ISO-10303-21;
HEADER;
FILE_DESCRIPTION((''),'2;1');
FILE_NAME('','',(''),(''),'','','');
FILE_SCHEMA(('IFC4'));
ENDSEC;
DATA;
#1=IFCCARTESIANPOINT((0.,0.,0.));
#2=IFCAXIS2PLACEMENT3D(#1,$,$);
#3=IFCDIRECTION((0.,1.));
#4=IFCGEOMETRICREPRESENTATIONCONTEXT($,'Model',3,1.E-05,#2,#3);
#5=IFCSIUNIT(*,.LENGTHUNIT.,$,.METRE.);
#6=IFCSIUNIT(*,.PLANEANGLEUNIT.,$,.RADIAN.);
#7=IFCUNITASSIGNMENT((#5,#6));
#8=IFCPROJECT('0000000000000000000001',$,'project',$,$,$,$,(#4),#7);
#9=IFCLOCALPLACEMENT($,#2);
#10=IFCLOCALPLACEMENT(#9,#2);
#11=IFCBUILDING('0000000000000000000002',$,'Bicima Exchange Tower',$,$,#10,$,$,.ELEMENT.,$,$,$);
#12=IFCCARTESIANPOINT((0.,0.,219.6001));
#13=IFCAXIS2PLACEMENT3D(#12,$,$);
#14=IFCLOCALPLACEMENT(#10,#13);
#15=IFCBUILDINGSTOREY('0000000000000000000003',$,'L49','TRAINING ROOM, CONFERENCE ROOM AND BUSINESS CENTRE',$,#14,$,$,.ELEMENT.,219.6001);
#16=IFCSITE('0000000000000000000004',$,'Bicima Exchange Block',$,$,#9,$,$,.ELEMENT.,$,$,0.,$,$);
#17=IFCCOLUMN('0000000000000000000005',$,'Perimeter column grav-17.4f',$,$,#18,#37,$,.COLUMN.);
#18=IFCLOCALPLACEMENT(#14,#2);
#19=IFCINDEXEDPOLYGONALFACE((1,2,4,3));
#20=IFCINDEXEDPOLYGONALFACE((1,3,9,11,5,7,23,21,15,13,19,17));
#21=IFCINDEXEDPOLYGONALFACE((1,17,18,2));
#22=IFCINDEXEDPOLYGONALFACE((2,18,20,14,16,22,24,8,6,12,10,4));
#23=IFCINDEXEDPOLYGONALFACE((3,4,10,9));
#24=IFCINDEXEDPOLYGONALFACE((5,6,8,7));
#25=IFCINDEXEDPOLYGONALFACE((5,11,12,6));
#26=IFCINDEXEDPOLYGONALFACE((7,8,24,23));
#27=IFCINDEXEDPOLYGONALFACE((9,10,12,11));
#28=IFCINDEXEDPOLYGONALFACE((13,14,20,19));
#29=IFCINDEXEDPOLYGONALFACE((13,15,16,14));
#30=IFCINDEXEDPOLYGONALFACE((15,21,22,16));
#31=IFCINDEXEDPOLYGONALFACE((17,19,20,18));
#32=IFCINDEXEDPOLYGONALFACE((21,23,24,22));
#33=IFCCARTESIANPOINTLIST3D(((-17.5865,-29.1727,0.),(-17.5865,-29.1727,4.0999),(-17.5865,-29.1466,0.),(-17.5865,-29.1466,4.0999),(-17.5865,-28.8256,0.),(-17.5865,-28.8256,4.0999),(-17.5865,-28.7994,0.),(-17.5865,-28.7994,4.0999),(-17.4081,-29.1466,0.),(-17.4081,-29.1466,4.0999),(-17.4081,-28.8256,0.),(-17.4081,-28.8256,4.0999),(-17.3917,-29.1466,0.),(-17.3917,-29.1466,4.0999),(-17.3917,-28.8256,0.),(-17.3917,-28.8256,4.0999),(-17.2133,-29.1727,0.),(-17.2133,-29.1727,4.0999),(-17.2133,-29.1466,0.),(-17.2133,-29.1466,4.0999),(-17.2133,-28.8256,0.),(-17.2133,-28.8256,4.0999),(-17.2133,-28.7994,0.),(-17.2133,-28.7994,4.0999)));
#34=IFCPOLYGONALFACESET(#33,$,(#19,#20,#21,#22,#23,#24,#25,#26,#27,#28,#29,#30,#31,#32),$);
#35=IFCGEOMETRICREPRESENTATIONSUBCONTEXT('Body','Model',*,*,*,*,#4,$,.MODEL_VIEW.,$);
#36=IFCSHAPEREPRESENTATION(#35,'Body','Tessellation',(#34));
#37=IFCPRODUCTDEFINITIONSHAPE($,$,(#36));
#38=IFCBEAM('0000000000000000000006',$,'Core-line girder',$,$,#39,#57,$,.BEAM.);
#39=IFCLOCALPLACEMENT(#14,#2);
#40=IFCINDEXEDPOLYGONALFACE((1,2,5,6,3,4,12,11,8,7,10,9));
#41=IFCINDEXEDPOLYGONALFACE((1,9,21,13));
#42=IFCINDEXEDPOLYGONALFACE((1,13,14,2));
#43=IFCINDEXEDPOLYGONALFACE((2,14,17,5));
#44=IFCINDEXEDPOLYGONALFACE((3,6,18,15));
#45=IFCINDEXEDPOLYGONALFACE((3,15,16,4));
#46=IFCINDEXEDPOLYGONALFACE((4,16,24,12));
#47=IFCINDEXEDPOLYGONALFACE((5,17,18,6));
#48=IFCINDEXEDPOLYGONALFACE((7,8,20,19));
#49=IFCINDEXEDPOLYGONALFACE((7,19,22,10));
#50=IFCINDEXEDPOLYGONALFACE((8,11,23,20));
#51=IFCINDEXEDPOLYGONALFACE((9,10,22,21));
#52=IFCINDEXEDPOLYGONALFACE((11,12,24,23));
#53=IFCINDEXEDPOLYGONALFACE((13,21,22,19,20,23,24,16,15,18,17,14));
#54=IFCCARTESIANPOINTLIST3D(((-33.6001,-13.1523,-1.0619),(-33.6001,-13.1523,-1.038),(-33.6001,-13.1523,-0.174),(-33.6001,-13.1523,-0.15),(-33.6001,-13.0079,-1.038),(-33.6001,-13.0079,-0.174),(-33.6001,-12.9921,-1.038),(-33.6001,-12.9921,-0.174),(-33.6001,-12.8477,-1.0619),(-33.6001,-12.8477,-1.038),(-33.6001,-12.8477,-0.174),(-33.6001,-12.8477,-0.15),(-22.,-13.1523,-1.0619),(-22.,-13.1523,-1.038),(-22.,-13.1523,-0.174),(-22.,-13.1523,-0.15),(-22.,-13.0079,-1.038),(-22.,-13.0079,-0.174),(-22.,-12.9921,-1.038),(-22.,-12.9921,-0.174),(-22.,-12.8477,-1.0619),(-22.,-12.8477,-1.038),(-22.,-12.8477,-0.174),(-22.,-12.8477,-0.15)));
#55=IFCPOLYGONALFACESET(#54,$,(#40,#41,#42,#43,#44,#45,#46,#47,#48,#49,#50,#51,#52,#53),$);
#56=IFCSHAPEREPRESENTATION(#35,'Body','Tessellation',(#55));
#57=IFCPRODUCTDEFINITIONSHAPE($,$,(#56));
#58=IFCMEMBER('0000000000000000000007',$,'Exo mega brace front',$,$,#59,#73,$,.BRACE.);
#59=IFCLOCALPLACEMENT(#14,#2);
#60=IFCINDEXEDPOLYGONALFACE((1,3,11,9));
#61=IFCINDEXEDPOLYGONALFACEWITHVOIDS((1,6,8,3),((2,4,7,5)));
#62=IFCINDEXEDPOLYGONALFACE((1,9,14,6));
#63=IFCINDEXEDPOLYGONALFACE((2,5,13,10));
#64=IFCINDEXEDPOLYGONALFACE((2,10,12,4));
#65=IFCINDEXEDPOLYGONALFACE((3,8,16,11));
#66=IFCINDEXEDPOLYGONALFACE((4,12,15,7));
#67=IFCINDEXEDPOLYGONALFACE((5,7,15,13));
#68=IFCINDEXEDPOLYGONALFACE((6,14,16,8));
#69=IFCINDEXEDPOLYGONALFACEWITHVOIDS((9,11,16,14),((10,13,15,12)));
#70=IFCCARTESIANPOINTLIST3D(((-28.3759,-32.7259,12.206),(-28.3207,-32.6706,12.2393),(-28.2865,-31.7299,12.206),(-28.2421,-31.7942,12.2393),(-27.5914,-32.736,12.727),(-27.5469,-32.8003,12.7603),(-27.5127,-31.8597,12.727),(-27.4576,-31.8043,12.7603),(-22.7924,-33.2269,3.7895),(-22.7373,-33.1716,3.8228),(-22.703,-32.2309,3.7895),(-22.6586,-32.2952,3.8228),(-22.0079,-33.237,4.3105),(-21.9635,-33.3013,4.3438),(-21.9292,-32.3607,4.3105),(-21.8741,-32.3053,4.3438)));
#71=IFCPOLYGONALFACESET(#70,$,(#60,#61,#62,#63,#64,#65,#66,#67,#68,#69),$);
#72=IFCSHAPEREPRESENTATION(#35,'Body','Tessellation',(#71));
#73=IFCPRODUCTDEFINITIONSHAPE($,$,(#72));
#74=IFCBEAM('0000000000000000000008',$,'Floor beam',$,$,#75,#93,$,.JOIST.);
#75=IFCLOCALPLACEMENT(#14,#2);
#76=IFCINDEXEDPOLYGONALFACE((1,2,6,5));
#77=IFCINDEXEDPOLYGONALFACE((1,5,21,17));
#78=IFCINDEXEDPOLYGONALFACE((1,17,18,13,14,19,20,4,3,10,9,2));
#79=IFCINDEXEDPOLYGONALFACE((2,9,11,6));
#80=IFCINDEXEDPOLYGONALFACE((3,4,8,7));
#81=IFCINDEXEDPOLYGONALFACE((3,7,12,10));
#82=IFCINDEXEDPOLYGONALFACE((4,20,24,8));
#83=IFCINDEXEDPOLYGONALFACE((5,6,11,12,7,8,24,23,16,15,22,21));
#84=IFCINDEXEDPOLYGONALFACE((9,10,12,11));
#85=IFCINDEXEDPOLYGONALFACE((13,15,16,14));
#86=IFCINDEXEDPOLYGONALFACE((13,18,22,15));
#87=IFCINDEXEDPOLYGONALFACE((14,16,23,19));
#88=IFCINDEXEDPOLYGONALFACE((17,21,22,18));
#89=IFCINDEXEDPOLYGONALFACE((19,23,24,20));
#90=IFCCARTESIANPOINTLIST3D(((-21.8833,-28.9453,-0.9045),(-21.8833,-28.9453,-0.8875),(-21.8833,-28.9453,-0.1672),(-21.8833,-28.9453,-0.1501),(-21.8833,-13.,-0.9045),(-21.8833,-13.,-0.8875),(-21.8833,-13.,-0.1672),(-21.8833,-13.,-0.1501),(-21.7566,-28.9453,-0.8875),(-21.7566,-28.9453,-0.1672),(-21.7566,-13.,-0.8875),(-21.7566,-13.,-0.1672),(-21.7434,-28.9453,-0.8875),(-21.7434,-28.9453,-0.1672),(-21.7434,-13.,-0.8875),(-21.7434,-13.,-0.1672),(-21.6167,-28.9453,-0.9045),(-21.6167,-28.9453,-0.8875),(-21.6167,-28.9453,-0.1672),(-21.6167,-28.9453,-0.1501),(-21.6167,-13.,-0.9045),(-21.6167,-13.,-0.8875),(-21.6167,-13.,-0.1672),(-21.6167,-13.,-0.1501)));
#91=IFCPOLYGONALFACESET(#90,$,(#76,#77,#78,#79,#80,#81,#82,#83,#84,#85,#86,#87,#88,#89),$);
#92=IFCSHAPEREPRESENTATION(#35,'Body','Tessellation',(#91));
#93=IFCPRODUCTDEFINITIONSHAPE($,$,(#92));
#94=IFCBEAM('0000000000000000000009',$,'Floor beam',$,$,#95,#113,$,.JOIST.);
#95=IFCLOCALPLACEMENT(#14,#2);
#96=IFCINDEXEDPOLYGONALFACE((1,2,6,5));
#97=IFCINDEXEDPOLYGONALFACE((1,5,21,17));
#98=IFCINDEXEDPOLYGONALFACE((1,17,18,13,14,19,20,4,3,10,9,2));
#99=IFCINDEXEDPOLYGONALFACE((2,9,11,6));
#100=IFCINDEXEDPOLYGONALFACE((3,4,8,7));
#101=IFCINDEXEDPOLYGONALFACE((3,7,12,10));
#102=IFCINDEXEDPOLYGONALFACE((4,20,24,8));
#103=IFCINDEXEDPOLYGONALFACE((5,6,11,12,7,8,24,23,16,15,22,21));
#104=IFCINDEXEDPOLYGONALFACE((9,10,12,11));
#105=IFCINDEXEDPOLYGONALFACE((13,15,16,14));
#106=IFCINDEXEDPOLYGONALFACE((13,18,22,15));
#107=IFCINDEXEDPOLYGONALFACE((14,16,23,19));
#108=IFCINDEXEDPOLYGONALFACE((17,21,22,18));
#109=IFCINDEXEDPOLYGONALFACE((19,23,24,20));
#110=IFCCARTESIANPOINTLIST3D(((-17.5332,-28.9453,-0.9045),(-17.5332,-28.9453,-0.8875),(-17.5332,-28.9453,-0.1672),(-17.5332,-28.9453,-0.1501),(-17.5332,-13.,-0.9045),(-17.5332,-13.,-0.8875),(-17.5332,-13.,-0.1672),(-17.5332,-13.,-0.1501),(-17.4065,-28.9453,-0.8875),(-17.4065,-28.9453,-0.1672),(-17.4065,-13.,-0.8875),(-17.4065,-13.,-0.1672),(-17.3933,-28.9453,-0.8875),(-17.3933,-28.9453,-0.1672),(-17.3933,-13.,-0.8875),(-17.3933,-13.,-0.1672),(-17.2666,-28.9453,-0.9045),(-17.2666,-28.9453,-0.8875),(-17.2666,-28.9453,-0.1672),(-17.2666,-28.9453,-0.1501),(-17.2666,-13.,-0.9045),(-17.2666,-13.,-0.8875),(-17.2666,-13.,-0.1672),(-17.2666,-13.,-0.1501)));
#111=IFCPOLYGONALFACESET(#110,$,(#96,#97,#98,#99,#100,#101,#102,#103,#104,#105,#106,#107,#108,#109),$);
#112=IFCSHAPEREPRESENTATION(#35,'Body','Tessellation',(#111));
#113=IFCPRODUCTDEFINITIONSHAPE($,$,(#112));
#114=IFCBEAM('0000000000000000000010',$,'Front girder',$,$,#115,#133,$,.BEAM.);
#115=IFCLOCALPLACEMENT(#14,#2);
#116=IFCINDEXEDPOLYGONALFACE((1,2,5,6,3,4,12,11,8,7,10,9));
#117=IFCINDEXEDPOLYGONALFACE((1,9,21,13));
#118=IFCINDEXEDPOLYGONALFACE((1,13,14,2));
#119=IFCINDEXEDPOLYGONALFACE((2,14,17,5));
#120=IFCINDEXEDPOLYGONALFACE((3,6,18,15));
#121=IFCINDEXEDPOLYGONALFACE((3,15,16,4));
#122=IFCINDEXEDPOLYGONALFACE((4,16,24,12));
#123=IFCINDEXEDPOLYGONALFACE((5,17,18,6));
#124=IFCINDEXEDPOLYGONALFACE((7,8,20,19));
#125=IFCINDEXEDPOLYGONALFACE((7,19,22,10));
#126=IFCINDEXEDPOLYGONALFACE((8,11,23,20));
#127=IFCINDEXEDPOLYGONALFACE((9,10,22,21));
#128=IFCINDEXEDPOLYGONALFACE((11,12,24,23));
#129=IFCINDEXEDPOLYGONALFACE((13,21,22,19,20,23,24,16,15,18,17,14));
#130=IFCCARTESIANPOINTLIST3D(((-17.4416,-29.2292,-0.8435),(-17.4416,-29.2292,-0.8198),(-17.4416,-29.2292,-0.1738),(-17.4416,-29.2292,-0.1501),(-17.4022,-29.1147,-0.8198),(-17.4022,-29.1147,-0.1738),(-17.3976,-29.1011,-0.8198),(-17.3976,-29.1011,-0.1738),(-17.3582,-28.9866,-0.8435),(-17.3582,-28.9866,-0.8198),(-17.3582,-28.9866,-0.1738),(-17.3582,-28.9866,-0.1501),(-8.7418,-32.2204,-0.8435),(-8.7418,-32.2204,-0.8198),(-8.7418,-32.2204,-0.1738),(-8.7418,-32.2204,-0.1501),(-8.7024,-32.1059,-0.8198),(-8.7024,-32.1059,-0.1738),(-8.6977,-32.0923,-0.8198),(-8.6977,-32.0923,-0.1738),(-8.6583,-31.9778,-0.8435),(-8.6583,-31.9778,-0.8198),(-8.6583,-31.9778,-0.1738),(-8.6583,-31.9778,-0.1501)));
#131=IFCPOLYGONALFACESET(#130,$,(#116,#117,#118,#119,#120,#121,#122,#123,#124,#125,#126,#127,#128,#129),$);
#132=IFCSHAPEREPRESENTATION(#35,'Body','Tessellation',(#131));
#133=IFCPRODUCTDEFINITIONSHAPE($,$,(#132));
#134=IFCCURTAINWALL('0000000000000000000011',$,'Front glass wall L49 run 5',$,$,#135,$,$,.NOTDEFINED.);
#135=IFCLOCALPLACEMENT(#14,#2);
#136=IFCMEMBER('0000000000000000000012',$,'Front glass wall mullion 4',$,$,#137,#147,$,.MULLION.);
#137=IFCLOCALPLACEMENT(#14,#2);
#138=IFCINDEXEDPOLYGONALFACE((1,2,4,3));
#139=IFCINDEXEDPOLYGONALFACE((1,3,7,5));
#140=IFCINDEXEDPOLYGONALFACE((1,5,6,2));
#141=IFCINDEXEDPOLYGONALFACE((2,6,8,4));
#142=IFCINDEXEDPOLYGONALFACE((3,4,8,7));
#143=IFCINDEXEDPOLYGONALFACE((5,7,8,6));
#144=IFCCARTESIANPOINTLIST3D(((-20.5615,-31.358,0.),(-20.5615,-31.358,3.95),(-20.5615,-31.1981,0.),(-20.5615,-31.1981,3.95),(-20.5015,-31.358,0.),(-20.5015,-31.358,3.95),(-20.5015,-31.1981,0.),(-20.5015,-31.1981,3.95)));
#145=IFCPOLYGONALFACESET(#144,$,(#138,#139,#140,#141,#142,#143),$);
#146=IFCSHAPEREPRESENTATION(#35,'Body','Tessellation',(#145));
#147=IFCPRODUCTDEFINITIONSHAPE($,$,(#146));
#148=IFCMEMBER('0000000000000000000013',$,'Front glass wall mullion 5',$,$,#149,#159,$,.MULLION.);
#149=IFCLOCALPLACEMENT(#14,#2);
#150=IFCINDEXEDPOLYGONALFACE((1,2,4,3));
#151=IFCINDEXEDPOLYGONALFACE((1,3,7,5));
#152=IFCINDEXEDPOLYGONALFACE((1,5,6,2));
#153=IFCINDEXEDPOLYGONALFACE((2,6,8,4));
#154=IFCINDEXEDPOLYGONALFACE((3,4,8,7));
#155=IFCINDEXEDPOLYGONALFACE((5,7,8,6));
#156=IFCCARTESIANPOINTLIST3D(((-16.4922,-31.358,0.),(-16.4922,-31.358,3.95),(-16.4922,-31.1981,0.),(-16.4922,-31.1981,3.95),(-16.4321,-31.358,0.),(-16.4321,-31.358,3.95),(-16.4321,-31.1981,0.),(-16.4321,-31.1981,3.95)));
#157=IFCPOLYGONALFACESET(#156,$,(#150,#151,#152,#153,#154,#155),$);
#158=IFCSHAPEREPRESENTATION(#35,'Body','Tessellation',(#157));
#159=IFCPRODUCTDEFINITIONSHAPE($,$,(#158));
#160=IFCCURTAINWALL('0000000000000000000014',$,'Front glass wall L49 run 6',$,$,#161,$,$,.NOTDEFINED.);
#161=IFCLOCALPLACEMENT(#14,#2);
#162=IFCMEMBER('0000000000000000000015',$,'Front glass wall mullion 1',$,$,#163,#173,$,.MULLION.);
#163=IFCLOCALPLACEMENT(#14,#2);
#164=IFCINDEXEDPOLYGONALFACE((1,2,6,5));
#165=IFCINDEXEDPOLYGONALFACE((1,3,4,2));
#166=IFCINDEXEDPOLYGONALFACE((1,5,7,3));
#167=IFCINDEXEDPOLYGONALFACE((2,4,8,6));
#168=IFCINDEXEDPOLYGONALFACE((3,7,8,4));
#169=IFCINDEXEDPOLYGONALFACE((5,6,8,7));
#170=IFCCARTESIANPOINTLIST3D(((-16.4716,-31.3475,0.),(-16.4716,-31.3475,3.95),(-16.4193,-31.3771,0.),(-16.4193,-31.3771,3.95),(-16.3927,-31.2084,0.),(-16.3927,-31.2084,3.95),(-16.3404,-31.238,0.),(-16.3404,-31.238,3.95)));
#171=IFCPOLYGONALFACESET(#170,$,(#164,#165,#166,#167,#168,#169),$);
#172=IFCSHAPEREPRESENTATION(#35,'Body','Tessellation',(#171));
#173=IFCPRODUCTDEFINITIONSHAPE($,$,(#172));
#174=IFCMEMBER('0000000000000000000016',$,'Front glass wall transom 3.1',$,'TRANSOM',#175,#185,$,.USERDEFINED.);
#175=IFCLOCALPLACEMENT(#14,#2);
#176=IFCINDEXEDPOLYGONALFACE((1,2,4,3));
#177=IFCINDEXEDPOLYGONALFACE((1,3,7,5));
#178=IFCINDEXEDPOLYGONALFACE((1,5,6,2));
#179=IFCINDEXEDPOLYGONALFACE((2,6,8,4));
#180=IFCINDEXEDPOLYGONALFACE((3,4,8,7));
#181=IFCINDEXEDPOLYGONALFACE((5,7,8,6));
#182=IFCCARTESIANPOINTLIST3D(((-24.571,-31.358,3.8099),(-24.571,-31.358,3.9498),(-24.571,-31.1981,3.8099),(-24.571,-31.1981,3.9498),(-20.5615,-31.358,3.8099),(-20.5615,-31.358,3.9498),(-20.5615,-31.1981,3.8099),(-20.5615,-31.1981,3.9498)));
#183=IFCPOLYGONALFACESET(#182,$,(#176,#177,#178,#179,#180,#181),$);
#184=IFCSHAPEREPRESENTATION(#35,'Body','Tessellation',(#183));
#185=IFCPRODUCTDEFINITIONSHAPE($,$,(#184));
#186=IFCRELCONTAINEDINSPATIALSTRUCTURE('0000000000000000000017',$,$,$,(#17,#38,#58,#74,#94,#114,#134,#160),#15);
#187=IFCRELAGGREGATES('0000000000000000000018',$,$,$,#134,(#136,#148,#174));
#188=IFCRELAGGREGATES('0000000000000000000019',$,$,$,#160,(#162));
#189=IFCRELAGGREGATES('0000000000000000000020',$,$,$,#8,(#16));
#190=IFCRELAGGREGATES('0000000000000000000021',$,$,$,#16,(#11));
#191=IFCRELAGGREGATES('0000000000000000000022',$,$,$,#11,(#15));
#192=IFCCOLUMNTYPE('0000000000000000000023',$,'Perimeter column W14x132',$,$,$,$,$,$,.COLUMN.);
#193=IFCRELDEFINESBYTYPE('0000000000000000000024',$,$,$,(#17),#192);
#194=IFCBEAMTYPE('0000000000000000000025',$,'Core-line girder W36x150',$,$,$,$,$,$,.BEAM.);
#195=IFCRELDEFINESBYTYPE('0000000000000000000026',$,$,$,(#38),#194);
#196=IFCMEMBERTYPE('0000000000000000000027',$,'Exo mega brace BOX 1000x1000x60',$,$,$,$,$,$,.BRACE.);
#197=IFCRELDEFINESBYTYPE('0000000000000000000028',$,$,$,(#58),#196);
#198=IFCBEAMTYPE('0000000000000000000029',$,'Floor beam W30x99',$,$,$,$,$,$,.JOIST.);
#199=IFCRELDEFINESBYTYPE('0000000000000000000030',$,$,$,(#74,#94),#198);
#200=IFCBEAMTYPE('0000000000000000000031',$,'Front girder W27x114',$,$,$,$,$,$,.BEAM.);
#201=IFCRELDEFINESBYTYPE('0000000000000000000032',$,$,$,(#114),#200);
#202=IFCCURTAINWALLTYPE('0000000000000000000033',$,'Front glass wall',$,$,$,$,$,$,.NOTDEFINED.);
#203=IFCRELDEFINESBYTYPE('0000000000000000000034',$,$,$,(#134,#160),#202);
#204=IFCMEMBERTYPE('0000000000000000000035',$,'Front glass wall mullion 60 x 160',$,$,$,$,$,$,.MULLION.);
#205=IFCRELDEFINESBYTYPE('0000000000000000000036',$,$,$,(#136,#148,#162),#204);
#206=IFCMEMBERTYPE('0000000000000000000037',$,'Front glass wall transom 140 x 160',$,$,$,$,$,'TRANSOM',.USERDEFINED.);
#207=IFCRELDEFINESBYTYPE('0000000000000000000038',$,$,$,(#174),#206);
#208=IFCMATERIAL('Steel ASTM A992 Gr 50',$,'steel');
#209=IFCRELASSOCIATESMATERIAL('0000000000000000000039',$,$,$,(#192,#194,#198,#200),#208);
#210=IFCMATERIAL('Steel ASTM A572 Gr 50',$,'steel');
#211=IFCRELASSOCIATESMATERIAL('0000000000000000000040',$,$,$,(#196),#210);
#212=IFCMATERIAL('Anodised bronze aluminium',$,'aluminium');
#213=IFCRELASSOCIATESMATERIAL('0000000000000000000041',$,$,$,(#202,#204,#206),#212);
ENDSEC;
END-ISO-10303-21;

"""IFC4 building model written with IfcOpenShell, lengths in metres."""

from ifc_helpers import new_model, si_unit, direction, frame, origin, origin_2d, place, context, subcontext, project, spatial, rectangle, hollow_rectangle, i_section, extrude, material, material_profile, profile_set, type_object, element, aggregate, save


model = new_model("IFC4")

# Units and contexts
model_context = context("Model", 3, precision=1e-05, world=origin(), true_north=direction((0.0, 1.0)))
body_context = subcontext(model_context, "Body", "Model", "MODEL_VIEW")
ifc_project = project(units=[si_unit("LENGTHUNIT", "METRE"), si_unit("PLANEANGLEUNIT", "RADIAN")], contexts=[model_context])

# Site, building, storey
site_placement = place(None, origin())
site = spatial("IfcSite", under=ifc_project, at=site_placement, Name="Bicima Exchange Block", CompositionType="ELEMENT", RefElevation=0.0)
building_placement = place(site_placement, origin())
building = spatial("IfcBuilding", under=site, at=building_placement, Name="Bicima Exchange Tower", CompositionType="ELEMENT")
storey_placement = place(building_placement, frame((0.0, 0.0, 219.6001)))
storey = spatial("IfcBuildingStorey", under=building, at=storey_placement, Name="L49", Description="TRAINING ROOM, CONFERENCE ROOM AND BUSINESS CENTRE", CompositionType="ELEMENT", Elevation=219.6001)

# Column
ifc_material_1 = material(Name="Steel ASTM A992 Gr 50", Category="steel")
ifc_material_profile_1 = material_profile(ifc_material_1, i_section(OverallWidth=0.3733, OverallDepth=0.3733, WebThickness=0.0164, FlangeThickness=0.0261, at=origin_2d()))
ifc_profile_set_1 = profile_set([ifc_material_profile_1], Name="Steel ASTM A992 Gr 50")
column_type = type_object("IfcColumnType", Name="Perimeter column W14x132", PredefinedType="COLUMN", material=ifc_profile_set_1)
column_placement = place(storey_placement, frame((-17.3999, -28.9861, 0.0), z_axis=(0.0, 0.0, 1.0), x_axis=(1.0, 0.0, 0.0)))
element("IfcColumn", 1, at=column_placement, inside=storey, type_object=column_type, Name="Perimeter column grav-17.4f", PredefinedType="COLUMN", context=body_context, shape_type="SweptSolid", body=[
    extrude(i_section(OverallWidth=0.3733, OverallDepth=0.3733, WebThickness=0.0164, FlangeThickness=0.0261, at=origin_2d()), origin(), (0.0, 0.0, 1.0), 4.0999),
])

# Beam
ifc_material_profile_2 = material_profile(ifc_material_1, i_section(OverallWidth=0.3047, OverallDepth=0.9119, WebThickness=0.0159, FlangeThickness=0.0239, at=origin_2d()))
ifc_profile_set_2 = profile_set([ifc_material_profile_2], Name="Steel ASTM A992 Gr 50")
beam_type_1 = type_object("IfcBeamType", Name="Core-line girder W36x150", PredefinedType="BEAM", material=ifc_profile_set_2)
beam_1_placement = place(storey_placement, frame((-22.0, -13.0, -0.606), z_axis=(-1.0, 0.0, 0.0), x_axis=(0.0, -1.0, 0.0)))
element("IfcBeam", 2, at=beam_1_placement, inside=storey, type_object=beam_type_1, Name="Core-line girder", PredefinedType="BEAM", context=body_context, shape_type="SweptSolid", body=[
    extrude(i_section(OverallWidth=0.3047, OverallDepth=0.9119, WebThickness=0.0159, FlangeThickness=0.0239, at=origin_2d()), origin(), (0.0, 0.0, 1.0), 11.6001),
])

# Member
ifc_material_2 = material(Name="Steel ASTM A572 Gr 50", Category="steel")
ifc_material_profile_3 = material_profile(ifc_material_2, hollow_rectangle(XDim=1.0, YDim=1.0, WallThickness=0.0601, at=origin_2d()))
ifc_profile_set_3 = profile_set([ifc_material_profile_3], Name="Steel ASTM A572 Gr 50")
member_type_1 = type_object("IfcMemberType", Name="Exo mega brace BOX 1000x1000x60", PredefinedType="BRACE", material=ifc_profile_set_3)
member_1_placement = place(storey_placement, frame((-22.3333, -32.7661, 4.0667), z_axis=(-0.552135, 0.04954, 0.832282), x_axis=(-0.089366, -0.995999, 0.0)))
element("IfcMember", 3, at=member_1_placement, inside=storey, type_object=member_type_1, Name="Exo mega brace front", PredefinedType="BRACE", context=body_context, shape_type="SweptSolid", body=[
    extrude(hollow_rectangle(XDim=1.0, YDim=1.0, WallThickness=0.0601, at=origin_2d()), origin(), (0.0, 0.0, 1.0), 10.1125),
])

# Beams
ifc_material_profile_4 = material_profile(ifc_material_1, i_section(OverallWidth=0.2666, OverallDepth=0.7544, WebThickness=0.0132, FlangeThickness=0.0171, at=origin_2d()))
ifc_profile_set_4 = profile_set([ifc_material_profile_4], Name="Steel ASTM A992 Gr 50")
beam_type_2 = type_object("IfcBeamType", Name="Floor beam W30x99", PredefinedType="JOIST", material=ifc_profile_set_4)
for number, where, z_axis, x_axis, name in (
    (4, (-21.75, -13.0, -0.5273), (0.0, -1.0, 0.0), (1.0, 0.0, 0.0), "Floor beam"),
    (5, (-17.3999, -13.0, -0.5273), (0.0, -1.0, 0.0), (1.0, 0.0, 0.0), "Floor beam"),
):
    element("IfcBeam", number, at=place(storey_placement, frame(where, z_axis=z_axis, x_axis=x_axis)), inside=storey, type_object=beam_type_2, Name=name, PredefinedType="JOIST", context=body_context, shape_type="SweptSolid", body=[
        extrude(i_section(OverallWidth=0.2666, OverallDepth=0.7544, WebThickness=0.0132, FlangeThickness=0.0171, at=origin_2d()), origin(), (0.0, 0.0, 1.0), 15.9453),
    ])
ifc_material_profile_5 = material_profile(ifc_material_1, i_section(OverallWidth=0.2566, OverallDepth=0.6934, WebThickness=0.0144, FlangeThickness=0.0237, at=origin_2d()))
ifc_profile_set_5 = profile_set([ifc_material_profile_5], Name="Steel ASTM A992 Gr 50")
beam_type_3 = type_object("IfcBeamType", Name="Front girder W27x114", PredefinedType="BEAM", material=ifc_profile_set_5)
beam_2_placement = place(storey_placement, frame((-17.3999, -29.1079, -0.4968), z_axis=(0.945666, -0.325138, 0.0), x_axis=(0.325138, 0.945666, 0.0)))
element("IfcBeam", 6, at=beam_2_placement, inside=storey, type_object=beam_type_3, Name="Front girder", PredefinedType="BEAM", context=body_context, shape_type="SweptSolid", body=[
    extrude(i_section(OverallWidth=0.2566, OverallDepth=0.6934, WebThickness=0.0144, FlangeThickness=0.0237, at=origin_2d()), origin(), (0.0, 0.0, 1.0), 9.1997),
])

# Curtain wall, members
ifc_material_3 = material(Name="Anodised bronze aluminium", Category="aluminium")
curtain_wall_type = type_object("IfcCurtainWallType", Name="Front glass wall", PredefinedType="NOTDEFINED", material=ifc_material_3)
curtain_wall_1_placement = place(storey_placement, origin())
curtain_wall_1 = element("IfcCurtainWall", 7, at=curtain_wall_1_placement, inside=storey, type_object=curtain_wall_type, Name="Front glass wall L49 run 5", PredefinedType="NOTDEFINED")
ifc_material_profile_6 = material_profile(ifc_material_3, rectangle(XDim=0.1599, YDim=0.0601, at=origin_2d()))
ifc_profile_set_6 = profile_set([ifc_material_profile_6], Name="Anodised bronze aluminium")
member_type_2 = type_object("IfcMemberType", Name="Front glass wall mullion 60 x 160", PredefinedType="MULLION", material=ifc_profile_set_6)
member_2_placement = place(storey_placement, frame((-20.5315, -31.2781, 0.0), z_axis=(0.0, 0.0, 1.0), x_axis=(0.0, 1.0, 0.0)))
member_2 = element("IfcMember", 8, at=member_2_placement, type_object=member_type_2, Name="Front glass wall mullion 4", PredefinedType="MULLION", context=body_context, shape_type="SweptSolid", body=[
    extrude(rectangle(XDim=0.1599, YDim=0.0601, at=origin_2d()), origin(), (0.0, 0.0, 1.0), 3.95),
])
member_3_placement = place(storey_placement, frame((-16.4622, -31.2781, 0.0), z_axis=(0.0, 0.0, 1.0), x_axis=(0.0, 1.0, 0.0)))
member_3 = element("IfcMember", 9, at=member_3_placement, type_object=member_type_2, Name="Front glass wall mullion 5", PredefinedType="MULLION", context=body_context, shape_type="SweptSolid", body=[
    extrude(rectangle(XDim=0.1599, YDim=0.0601, at=origin_2d()), origin(), (0.0, 0.0, 1.0), 3.95),
])

# Curtain wall, member
curtain_wall_2_placement = place(storey_placement, origin())
curtain_wall_2 = element("IfcCurtainWall", 10, at=curtain_wall_2_placement, inside=storey, type_object=curtain_wall_type, Name="Front glass wall L49 run 6", PredefinedType="NOTDEFINED")
member_4_placement = place(storey_placement, frame((-16.406, -31.2927, 0.0), z_axis=(0.0, 0.0, 1.0), x_axis=(0.493395, 0.869805, 0.0)))
member_4 = element("IfcMember", 11, at=member_4_placement, type_object=member_type_2, Name="Front glass wall mullion 1", PredefinedType="MULLION", context=body_context, shape_type="SweptSolid", body=[
    extrude(rectangle(XDim=0.1599, YDim=0.0601, at=origin_2d()), origin(), (0.0, 0.0, 1.0), 3.95),
])

# Member
ifc_material_profile_7 = material_profile(ifc_material_3, rectangle(XDim=0.1599, YDim=0.1399, at=origin_2d()))
ifc_profile_set_7 = profile_set([ifc_material_profile_7], Name="Anodised bronze aluminium")
member_type_3 = type_object("IfcMemberType", Name="Front glass wall transom 140 x 160", ElementType="TRANSOM", PredefinedType="USERDEFINED", material=ifc_profile_set_7)
member_5_placement = place(storey_placement, frame((-24.571, -31.2781, 3.8799), z_axis=(1.0, 0.0, 0.0), x_axis=(0.0, 1.0, 0.0)))
member_5 = element("IfcMember", 12, at=member_5_placement, type_object=member_type_3, Name="Front glass wall transom 3.1", ObjectType="TRANSOM", PredefinedType="USERDEFINED", context=body_context, shape_type="SweptSolid", body=[
    extrude(rectangle(XDim=0.1599, YDim=0.1399, at=origin_2d()), origin(), (0.0, 0.0, 1.0), 4.0095),
])

aggregate(curtain_wall_1, [member_2, member_3, member_5])
aggregate(curtain_wall_2, [member_4])

save(model, "model.ifc")
